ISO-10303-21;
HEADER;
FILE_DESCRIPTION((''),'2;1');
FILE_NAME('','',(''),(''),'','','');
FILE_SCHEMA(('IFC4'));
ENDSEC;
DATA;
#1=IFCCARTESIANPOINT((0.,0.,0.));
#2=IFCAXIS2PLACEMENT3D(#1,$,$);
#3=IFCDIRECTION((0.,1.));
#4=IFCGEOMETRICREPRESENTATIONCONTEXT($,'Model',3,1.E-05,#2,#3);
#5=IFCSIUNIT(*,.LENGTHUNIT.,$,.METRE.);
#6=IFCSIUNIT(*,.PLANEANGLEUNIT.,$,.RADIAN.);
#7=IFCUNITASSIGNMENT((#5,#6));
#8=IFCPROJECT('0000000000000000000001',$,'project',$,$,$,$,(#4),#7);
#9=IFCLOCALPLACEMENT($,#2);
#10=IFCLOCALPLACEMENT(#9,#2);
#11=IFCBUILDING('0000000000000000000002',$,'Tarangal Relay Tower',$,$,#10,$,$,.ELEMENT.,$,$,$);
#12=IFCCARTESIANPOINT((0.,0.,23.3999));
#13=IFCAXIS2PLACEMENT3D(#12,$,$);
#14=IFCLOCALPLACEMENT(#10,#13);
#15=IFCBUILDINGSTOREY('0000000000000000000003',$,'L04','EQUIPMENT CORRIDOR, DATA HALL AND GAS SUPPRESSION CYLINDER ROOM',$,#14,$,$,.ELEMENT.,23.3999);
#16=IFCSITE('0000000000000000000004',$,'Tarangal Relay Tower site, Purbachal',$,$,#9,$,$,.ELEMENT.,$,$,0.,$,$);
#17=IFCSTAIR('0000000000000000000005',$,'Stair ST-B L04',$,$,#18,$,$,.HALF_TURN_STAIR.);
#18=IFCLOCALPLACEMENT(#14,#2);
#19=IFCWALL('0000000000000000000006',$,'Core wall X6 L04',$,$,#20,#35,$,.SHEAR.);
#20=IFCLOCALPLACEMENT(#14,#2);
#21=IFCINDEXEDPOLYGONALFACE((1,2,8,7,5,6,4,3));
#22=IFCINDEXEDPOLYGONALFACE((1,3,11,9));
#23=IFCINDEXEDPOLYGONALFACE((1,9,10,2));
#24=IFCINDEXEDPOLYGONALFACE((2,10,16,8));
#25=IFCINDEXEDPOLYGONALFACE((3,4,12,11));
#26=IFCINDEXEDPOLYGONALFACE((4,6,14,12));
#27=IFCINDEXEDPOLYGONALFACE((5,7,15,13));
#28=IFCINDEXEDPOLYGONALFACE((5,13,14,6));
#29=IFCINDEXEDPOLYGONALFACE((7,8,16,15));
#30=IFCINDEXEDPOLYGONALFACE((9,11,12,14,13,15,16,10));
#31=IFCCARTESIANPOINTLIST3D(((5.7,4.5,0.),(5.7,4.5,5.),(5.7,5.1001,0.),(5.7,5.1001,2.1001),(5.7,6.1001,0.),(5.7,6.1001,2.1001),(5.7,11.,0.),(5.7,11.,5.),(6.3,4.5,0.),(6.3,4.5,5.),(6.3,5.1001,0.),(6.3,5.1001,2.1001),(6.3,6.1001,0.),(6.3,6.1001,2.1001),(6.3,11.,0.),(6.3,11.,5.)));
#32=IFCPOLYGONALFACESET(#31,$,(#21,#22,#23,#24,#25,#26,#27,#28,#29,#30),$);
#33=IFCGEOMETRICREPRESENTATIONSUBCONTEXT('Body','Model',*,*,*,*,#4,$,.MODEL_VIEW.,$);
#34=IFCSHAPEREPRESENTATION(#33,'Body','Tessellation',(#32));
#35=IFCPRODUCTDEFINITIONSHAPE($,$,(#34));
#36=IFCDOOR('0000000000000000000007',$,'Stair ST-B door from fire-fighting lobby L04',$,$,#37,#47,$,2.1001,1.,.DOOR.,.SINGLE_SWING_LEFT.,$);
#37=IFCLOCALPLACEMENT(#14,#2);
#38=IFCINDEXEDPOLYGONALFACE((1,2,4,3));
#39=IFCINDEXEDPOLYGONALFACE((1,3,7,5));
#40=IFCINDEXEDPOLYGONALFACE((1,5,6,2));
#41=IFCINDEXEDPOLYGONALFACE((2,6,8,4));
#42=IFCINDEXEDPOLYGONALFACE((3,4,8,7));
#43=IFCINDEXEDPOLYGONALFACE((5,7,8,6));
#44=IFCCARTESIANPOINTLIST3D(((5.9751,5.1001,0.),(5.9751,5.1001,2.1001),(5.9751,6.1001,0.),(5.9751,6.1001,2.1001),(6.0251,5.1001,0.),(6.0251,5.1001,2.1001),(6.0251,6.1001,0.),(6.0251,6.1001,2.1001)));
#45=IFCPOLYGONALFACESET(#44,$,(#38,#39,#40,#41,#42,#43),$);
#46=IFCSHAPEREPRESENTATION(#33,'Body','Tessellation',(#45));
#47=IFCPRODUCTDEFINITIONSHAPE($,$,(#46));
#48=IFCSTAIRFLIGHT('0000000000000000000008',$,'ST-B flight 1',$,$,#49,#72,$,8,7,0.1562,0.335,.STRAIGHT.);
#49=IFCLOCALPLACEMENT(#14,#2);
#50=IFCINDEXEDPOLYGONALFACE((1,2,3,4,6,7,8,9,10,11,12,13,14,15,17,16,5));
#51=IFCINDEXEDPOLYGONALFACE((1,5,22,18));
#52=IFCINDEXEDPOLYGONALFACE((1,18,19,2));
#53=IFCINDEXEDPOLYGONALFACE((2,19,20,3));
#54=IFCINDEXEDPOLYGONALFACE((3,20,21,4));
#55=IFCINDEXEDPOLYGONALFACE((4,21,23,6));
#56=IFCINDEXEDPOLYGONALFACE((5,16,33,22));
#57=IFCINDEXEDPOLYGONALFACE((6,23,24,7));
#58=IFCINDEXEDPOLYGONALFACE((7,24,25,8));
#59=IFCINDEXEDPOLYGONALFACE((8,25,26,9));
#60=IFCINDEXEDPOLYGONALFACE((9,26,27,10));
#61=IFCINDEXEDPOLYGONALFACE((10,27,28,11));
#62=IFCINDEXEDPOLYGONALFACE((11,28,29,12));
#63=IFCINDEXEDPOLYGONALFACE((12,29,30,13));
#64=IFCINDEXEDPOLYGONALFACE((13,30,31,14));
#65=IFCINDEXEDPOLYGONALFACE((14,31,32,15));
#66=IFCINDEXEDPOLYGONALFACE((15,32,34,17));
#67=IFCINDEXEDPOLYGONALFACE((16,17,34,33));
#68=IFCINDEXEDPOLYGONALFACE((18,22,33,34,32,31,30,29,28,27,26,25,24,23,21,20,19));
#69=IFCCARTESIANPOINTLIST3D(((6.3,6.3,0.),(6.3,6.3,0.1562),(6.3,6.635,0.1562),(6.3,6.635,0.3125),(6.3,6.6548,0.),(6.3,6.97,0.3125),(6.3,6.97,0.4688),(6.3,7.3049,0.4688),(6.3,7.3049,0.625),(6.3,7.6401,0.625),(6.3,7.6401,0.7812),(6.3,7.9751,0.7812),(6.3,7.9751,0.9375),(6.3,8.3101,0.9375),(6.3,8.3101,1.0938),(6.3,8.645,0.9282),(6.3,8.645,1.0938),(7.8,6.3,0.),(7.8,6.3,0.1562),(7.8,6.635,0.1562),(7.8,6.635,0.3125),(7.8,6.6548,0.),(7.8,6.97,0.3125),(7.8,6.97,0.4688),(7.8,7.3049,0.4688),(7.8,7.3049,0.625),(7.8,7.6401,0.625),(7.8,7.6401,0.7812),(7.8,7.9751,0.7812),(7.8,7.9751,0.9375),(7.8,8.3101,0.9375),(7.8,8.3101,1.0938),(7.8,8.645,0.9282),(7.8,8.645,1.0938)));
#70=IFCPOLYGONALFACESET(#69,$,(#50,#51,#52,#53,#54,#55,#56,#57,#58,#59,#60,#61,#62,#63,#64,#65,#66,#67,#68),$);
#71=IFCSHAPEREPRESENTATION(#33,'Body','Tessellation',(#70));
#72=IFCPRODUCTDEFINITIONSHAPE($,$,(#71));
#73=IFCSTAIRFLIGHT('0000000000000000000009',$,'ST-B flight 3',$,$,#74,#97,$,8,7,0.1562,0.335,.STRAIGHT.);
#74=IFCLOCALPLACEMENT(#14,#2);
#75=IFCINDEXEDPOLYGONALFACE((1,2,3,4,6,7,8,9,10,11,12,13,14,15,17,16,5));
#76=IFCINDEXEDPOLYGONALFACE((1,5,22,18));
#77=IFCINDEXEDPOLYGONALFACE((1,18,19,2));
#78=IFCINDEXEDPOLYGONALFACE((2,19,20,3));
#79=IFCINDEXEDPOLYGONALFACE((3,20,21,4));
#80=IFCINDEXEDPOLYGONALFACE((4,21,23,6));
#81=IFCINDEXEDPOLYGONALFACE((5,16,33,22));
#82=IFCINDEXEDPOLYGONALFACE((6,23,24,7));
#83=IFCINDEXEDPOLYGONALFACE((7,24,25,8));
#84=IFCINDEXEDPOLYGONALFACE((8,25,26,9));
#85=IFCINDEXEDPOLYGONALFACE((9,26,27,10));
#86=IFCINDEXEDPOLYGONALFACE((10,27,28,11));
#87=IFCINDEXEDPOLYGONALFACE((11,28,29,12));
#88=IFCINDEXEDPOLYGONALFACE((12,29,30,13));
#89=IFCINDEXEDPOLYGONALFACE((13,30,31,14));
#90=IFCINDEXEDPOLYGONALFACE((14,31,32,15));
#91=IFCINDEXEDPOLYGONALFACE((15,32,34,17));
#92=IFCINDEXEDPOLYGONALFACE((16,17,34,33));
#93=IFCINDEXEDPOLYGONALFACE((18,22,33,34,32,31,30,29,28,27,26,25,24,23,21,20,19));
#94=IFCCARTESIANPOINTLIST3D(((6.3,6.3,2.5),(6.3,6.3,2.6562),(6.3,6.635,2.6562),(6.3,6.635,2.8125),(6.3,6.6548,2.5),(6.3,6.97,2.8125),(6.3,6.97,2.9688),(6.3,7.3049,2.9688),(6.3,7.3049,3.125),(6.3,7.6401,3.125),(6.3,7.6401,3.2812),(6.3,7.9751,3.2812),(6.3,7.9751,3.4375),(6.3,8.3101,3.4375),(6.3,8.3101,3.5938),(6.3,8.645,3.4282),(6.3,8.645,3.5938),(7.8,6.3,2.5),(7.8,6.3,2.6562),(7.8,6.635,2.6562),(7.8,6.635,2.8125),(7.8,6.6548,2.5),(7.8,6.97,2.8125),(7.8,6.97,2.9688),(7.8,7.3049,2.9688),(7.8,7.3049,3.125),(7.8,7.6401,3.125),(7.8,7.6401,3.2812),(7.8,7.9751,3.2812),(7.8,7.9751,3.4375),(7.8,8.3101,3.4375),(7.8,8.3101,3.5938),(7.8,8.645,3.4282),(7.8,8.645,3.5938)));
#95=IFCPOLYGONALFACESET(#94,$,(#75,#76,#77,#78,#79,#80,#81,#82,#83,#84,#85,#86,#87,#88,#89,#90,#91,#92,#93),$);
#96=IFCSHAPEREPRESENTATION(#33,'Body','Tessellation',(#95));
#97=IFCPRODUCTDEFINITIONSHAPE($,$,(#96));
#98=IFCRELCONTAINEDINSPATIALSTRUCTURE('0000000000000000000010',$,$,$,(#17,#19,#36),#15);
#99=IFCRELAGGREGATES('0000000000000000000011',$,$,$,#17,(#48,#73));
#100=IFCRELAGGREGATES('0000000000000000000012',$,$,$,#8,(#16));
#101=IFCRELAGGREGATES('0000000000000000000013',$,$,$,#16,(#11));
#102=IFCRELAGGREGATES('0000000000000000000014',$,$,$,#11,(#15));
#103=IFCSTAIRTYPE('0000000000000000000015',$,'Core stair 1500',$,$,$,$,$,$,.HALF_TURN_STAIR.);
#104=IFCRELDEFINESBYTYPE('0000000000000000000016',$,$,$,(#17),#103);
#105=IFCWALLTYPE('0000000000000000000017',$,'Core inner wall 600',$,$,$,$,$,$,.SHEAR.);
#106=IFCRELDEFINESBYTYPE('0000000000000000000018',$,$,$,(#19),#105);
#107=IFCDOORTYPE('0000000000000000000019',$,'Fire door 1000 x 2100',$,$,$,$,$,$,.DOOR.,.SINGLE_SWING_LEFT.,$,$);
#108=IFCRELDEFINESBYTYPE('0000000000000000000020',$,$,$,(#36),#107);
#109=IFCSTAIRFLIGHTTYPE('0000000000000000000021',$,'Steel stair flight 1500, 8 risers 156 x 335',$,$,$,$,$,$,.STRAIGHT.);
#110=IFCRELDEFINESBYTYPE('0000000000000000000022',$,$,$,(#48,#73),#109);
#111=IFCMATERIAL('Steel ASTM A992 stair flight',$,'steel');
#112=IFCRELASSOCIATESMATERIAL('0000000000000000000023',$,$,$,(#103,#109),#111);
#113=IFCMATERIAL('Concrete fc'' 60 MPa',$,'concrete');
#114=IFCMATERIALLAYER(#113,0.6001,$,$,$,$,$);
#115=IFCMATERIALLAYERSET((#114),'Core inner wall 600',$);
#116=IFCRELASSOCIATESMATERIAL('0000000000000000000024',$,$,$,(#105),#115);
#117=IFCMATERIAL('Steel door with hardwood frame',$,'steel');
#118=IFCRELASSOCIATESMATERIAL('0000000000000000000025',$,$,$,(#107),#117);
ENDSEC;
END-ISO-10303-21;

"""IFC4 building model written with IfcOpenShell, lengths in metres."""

from ifc_helpers import new_model, si_unit, direction, frame, frame_2d, origin, place, context, subcontext, project, spatial, polyline, rectangle, outline, extrude, material, layer, layer_set, type_object, element, fill, aggregate, save


model = new_model("IFC4")

# Units and contexts
model_context = context("Model", 3, precision=1e-05, world=origin(), true_north=direction((0.0, 1.0)))
body_context = subcontext(model_context, "Body", "Model", "MODEL_VIEW")
ifc_project = project(units=[si_unit("LENGTHUNIT", "METRE"), si_unit("PLANEANGLEUNIT", "RADIAN")], contexts=[model_context])

# Site, building, storey
site_placement = place(None, origin())
site = spatial("IfcSite", under=ifc_project, at=site_placement, Name="Tarangal Relay Tower site, Purbachal", CompositionType="ELEMENT", RefElevation=0.0)
building_placement = place(site_placement, origin())
building = spatial("IfcBuilding", under=site, at=building_placement, Name="Tarangal Relay Tower", CompositionType="ELEMENT")
storey_placement = place(building_placement, frame((0.0, 0.0, 23.3999)))
storey = spatial("IfcBuildingStorey", under=building, at=storey_placement, Name="L04", Description="EQUIPMENT CORRIDOR, DATA HALL AND GAS SUPPRESSION CYLINDER ROOM", CompositionType="ELEMENT", Elevation=23.3999)

# Stair
ifc_material_1 = material(Name="Steel ASTM A992 stair flight", Category="steel")
stair_type = type_object("IfcStairType", Name="Core stair 1500", PredefinedType="HALF_TURN_STAIR", material=ifc_material_1)
stair_1_placement = place(storey_placement, origin())
stair_1 = element("IfcStair", 1, at=stair_1_placement, inside=storey, type_object=stair_type, Name="Stair ST-B L04", PredefinedType="HALF_TURN_STAIR")

# Shared definitions
ifc_material_2 = material(Name="Concrete fc' 60 MPa", Category="concrete")
ifc_layer_1 = layer(ifc_material_2, 0.6001)
ifc_layer_set_1 = layer_set([ifc_layer_1], Name="Core inner wall 600")
wall_type = type_object("IfcWallType", Name="Core inner wall 600", PredefinedType="SHEAR", material=ifc_layer_set_1)

# Wall, opening, door
wall_placement = place(storey_placement, frame((6.0, 4.5, 0.0), z_axis=(0.0, 0.0, 1.0), x_axis=(0.0, 1.0, 0.0)))
wall = element("IfcWall", 2, at=wall_placement, inside=storey, type_object=wall_type, Name="Core wall X6 L04", PredefinedType="SHEAR", context=body_context, shape_type="SweptSolid", body=[
    extrude(rectangle(XDim=6.5, YDim=0.6001, at=frame_2d((3.25, 0.0))), origin(), (0.0, 0.0, 1.0), 5.0),
])
opening_placement = place(wall_placement, frame((0.6001, 0.0, 0.0)))
opening = element("IfcOpeningElement", 3, at=opening_placement, cuts=wall, PredefinedType="OPENING", context=body_context, shape_type="SweptSolid", body=[
    extrude(rectangle(XDim=1.0, YDim=2.1001, at=frame_2d((0.5, 1.05))), frame((0.0, 0.3101, 0.0), z_axis=(0.0, -1.0, 0.0), x_axis=(1.0, 0.0, 0.0)), (0.0, 0.0, 1.0), 0.6201),
])
ifc_material_3 = material(Name="Steel door with hardwood frame", Category="steel")
door_type = type_object("IfcDoorType", Name="Fire door 1000 x 2100", OperationType="SINGLE_SWING_LEFT", PredefinedType="DOOR", material=ifc_material_3)
door_placement = place(opening_placement, origin())
door = element("IfcDoor", 4, at=door_placement, inside=storey, type_object=door_type, Name="Stair ST-B door from fire-fighting lobby L04", OperationType="SINGLE_SWING_LEFT", OverallHeight=2.1001, OverallWidth=1.0, PredefinedType="DOOR", context=body_context, shape_type="SweptSolid", body=[
    extrude(rectangle(XDim=1.0, YDim=2.1001, at=frame_2d((0.5, 1.05))), frame((0.0, 0.0249, 0.0), z_axis=(0.0, -1.0, 0.0), x_axis=(1.0, 0.0, 0.0)), (0.0, 0.0, 1.0), 0.05),
])
fill(opening, door)

# Stair flights
stair_flight_type = type_object("IfcStairFlightType", Name="Steel stair flight 1500, 8 risers 156 x 335", PredefinedType="STRAIGHT", material=ifc_material_1)
stair_flight_1_placement = place(storey_placement, frame((7.05, 6.3, 0.0), z_axis=(0.0, 0.0, 1.0), x_axis=(0.0, 1.0, 0.0)))
stair_flight_1 = element("IfcStairFlight", 5, at=stair_flight_1_placement, type_object=stair_flight_type, Name="ST-B flight 1", NumberOfRisers=8, NumberOfTreads=7, PredefinedType="STRAIGHT", RiserHeight=0.1562, TreadLength=0.335, context=body_context, shape_type="SweptSolid", body=[
    extrude(outline(polyline([(0.0, 0.0), (0.0, 0.1562), (0.335, 0.1562), (0.335, 0.3125), (0.6699, 0.3125), (0.6699, 0.4688), (1.0049, 0.4688), (1.0049, 0.625), (1.3401, 0.625), (1.3401, 0.7812), (1.675, 0.7812), (1.675, 0.9375), (2.01, 0.9375), (2.01, 1.0938), (2.345, 1.0938), (2.345, 1.25), (2.345, 0.9282), (0.3547, 0.0), (0.0, 0.0)])), frame((0.0, 0.75, 0.0), z_axis=(0.0, -1.0, 0.0), x_axis=(1.0, 0.0, 0.0)), (0.0, 0.0, 1.0), 1.5),
])
stair_flight_2_placement = place(storey_placement, frame((7.05, 6.3, 2.5), z_axis=(0.0, 0.0, 1.0), x_axis=(0.0, 1.0, 0.0)))
stair_flight_2 = element("IfcStairFlight", 6, at=stair_flight_2_placement, type_object=stair_flight_type, Name="ST-B flight 3", NumberOfRisers=8, NumberOfTreads=7, PredefinedType="STRAIGHT", RiserHeight=0.1562, TreadLength=0.335, context=body_context, shape_type="SweptSolid", body=[
    extrude(outline(polyline([(0.0, 0.0), (0.0, 0.1562), (0.335, 0.1562), (0.335, 0.3125), (0.6699, 0.3125), (0.6699, 0.4688), (1.0049, 0.4688), (1.0049, 0.625), (1.3401, 0.625), (1.3401, 0.7812), (1.675, 0.7812), (1.675, 0.9375), (2.01, 0.9375), (2.01, 1.0938), (2.345, 1.0938), (2.345, 1.25), (2.345, 0.9282), (0.3547, 0.0), (0.0, 0.0)])), frame((0.0, 0.75, 0.0), z_axis=(0.0, -1.0, 0.0), x_axis=(1.0, 0.0, 0.0)), (0.0, 0.0, 1.0), 1.5),
])
aggregate(stair_1, [stair_flight_1, stair_flight_2])

save(model, "model.ifc")
